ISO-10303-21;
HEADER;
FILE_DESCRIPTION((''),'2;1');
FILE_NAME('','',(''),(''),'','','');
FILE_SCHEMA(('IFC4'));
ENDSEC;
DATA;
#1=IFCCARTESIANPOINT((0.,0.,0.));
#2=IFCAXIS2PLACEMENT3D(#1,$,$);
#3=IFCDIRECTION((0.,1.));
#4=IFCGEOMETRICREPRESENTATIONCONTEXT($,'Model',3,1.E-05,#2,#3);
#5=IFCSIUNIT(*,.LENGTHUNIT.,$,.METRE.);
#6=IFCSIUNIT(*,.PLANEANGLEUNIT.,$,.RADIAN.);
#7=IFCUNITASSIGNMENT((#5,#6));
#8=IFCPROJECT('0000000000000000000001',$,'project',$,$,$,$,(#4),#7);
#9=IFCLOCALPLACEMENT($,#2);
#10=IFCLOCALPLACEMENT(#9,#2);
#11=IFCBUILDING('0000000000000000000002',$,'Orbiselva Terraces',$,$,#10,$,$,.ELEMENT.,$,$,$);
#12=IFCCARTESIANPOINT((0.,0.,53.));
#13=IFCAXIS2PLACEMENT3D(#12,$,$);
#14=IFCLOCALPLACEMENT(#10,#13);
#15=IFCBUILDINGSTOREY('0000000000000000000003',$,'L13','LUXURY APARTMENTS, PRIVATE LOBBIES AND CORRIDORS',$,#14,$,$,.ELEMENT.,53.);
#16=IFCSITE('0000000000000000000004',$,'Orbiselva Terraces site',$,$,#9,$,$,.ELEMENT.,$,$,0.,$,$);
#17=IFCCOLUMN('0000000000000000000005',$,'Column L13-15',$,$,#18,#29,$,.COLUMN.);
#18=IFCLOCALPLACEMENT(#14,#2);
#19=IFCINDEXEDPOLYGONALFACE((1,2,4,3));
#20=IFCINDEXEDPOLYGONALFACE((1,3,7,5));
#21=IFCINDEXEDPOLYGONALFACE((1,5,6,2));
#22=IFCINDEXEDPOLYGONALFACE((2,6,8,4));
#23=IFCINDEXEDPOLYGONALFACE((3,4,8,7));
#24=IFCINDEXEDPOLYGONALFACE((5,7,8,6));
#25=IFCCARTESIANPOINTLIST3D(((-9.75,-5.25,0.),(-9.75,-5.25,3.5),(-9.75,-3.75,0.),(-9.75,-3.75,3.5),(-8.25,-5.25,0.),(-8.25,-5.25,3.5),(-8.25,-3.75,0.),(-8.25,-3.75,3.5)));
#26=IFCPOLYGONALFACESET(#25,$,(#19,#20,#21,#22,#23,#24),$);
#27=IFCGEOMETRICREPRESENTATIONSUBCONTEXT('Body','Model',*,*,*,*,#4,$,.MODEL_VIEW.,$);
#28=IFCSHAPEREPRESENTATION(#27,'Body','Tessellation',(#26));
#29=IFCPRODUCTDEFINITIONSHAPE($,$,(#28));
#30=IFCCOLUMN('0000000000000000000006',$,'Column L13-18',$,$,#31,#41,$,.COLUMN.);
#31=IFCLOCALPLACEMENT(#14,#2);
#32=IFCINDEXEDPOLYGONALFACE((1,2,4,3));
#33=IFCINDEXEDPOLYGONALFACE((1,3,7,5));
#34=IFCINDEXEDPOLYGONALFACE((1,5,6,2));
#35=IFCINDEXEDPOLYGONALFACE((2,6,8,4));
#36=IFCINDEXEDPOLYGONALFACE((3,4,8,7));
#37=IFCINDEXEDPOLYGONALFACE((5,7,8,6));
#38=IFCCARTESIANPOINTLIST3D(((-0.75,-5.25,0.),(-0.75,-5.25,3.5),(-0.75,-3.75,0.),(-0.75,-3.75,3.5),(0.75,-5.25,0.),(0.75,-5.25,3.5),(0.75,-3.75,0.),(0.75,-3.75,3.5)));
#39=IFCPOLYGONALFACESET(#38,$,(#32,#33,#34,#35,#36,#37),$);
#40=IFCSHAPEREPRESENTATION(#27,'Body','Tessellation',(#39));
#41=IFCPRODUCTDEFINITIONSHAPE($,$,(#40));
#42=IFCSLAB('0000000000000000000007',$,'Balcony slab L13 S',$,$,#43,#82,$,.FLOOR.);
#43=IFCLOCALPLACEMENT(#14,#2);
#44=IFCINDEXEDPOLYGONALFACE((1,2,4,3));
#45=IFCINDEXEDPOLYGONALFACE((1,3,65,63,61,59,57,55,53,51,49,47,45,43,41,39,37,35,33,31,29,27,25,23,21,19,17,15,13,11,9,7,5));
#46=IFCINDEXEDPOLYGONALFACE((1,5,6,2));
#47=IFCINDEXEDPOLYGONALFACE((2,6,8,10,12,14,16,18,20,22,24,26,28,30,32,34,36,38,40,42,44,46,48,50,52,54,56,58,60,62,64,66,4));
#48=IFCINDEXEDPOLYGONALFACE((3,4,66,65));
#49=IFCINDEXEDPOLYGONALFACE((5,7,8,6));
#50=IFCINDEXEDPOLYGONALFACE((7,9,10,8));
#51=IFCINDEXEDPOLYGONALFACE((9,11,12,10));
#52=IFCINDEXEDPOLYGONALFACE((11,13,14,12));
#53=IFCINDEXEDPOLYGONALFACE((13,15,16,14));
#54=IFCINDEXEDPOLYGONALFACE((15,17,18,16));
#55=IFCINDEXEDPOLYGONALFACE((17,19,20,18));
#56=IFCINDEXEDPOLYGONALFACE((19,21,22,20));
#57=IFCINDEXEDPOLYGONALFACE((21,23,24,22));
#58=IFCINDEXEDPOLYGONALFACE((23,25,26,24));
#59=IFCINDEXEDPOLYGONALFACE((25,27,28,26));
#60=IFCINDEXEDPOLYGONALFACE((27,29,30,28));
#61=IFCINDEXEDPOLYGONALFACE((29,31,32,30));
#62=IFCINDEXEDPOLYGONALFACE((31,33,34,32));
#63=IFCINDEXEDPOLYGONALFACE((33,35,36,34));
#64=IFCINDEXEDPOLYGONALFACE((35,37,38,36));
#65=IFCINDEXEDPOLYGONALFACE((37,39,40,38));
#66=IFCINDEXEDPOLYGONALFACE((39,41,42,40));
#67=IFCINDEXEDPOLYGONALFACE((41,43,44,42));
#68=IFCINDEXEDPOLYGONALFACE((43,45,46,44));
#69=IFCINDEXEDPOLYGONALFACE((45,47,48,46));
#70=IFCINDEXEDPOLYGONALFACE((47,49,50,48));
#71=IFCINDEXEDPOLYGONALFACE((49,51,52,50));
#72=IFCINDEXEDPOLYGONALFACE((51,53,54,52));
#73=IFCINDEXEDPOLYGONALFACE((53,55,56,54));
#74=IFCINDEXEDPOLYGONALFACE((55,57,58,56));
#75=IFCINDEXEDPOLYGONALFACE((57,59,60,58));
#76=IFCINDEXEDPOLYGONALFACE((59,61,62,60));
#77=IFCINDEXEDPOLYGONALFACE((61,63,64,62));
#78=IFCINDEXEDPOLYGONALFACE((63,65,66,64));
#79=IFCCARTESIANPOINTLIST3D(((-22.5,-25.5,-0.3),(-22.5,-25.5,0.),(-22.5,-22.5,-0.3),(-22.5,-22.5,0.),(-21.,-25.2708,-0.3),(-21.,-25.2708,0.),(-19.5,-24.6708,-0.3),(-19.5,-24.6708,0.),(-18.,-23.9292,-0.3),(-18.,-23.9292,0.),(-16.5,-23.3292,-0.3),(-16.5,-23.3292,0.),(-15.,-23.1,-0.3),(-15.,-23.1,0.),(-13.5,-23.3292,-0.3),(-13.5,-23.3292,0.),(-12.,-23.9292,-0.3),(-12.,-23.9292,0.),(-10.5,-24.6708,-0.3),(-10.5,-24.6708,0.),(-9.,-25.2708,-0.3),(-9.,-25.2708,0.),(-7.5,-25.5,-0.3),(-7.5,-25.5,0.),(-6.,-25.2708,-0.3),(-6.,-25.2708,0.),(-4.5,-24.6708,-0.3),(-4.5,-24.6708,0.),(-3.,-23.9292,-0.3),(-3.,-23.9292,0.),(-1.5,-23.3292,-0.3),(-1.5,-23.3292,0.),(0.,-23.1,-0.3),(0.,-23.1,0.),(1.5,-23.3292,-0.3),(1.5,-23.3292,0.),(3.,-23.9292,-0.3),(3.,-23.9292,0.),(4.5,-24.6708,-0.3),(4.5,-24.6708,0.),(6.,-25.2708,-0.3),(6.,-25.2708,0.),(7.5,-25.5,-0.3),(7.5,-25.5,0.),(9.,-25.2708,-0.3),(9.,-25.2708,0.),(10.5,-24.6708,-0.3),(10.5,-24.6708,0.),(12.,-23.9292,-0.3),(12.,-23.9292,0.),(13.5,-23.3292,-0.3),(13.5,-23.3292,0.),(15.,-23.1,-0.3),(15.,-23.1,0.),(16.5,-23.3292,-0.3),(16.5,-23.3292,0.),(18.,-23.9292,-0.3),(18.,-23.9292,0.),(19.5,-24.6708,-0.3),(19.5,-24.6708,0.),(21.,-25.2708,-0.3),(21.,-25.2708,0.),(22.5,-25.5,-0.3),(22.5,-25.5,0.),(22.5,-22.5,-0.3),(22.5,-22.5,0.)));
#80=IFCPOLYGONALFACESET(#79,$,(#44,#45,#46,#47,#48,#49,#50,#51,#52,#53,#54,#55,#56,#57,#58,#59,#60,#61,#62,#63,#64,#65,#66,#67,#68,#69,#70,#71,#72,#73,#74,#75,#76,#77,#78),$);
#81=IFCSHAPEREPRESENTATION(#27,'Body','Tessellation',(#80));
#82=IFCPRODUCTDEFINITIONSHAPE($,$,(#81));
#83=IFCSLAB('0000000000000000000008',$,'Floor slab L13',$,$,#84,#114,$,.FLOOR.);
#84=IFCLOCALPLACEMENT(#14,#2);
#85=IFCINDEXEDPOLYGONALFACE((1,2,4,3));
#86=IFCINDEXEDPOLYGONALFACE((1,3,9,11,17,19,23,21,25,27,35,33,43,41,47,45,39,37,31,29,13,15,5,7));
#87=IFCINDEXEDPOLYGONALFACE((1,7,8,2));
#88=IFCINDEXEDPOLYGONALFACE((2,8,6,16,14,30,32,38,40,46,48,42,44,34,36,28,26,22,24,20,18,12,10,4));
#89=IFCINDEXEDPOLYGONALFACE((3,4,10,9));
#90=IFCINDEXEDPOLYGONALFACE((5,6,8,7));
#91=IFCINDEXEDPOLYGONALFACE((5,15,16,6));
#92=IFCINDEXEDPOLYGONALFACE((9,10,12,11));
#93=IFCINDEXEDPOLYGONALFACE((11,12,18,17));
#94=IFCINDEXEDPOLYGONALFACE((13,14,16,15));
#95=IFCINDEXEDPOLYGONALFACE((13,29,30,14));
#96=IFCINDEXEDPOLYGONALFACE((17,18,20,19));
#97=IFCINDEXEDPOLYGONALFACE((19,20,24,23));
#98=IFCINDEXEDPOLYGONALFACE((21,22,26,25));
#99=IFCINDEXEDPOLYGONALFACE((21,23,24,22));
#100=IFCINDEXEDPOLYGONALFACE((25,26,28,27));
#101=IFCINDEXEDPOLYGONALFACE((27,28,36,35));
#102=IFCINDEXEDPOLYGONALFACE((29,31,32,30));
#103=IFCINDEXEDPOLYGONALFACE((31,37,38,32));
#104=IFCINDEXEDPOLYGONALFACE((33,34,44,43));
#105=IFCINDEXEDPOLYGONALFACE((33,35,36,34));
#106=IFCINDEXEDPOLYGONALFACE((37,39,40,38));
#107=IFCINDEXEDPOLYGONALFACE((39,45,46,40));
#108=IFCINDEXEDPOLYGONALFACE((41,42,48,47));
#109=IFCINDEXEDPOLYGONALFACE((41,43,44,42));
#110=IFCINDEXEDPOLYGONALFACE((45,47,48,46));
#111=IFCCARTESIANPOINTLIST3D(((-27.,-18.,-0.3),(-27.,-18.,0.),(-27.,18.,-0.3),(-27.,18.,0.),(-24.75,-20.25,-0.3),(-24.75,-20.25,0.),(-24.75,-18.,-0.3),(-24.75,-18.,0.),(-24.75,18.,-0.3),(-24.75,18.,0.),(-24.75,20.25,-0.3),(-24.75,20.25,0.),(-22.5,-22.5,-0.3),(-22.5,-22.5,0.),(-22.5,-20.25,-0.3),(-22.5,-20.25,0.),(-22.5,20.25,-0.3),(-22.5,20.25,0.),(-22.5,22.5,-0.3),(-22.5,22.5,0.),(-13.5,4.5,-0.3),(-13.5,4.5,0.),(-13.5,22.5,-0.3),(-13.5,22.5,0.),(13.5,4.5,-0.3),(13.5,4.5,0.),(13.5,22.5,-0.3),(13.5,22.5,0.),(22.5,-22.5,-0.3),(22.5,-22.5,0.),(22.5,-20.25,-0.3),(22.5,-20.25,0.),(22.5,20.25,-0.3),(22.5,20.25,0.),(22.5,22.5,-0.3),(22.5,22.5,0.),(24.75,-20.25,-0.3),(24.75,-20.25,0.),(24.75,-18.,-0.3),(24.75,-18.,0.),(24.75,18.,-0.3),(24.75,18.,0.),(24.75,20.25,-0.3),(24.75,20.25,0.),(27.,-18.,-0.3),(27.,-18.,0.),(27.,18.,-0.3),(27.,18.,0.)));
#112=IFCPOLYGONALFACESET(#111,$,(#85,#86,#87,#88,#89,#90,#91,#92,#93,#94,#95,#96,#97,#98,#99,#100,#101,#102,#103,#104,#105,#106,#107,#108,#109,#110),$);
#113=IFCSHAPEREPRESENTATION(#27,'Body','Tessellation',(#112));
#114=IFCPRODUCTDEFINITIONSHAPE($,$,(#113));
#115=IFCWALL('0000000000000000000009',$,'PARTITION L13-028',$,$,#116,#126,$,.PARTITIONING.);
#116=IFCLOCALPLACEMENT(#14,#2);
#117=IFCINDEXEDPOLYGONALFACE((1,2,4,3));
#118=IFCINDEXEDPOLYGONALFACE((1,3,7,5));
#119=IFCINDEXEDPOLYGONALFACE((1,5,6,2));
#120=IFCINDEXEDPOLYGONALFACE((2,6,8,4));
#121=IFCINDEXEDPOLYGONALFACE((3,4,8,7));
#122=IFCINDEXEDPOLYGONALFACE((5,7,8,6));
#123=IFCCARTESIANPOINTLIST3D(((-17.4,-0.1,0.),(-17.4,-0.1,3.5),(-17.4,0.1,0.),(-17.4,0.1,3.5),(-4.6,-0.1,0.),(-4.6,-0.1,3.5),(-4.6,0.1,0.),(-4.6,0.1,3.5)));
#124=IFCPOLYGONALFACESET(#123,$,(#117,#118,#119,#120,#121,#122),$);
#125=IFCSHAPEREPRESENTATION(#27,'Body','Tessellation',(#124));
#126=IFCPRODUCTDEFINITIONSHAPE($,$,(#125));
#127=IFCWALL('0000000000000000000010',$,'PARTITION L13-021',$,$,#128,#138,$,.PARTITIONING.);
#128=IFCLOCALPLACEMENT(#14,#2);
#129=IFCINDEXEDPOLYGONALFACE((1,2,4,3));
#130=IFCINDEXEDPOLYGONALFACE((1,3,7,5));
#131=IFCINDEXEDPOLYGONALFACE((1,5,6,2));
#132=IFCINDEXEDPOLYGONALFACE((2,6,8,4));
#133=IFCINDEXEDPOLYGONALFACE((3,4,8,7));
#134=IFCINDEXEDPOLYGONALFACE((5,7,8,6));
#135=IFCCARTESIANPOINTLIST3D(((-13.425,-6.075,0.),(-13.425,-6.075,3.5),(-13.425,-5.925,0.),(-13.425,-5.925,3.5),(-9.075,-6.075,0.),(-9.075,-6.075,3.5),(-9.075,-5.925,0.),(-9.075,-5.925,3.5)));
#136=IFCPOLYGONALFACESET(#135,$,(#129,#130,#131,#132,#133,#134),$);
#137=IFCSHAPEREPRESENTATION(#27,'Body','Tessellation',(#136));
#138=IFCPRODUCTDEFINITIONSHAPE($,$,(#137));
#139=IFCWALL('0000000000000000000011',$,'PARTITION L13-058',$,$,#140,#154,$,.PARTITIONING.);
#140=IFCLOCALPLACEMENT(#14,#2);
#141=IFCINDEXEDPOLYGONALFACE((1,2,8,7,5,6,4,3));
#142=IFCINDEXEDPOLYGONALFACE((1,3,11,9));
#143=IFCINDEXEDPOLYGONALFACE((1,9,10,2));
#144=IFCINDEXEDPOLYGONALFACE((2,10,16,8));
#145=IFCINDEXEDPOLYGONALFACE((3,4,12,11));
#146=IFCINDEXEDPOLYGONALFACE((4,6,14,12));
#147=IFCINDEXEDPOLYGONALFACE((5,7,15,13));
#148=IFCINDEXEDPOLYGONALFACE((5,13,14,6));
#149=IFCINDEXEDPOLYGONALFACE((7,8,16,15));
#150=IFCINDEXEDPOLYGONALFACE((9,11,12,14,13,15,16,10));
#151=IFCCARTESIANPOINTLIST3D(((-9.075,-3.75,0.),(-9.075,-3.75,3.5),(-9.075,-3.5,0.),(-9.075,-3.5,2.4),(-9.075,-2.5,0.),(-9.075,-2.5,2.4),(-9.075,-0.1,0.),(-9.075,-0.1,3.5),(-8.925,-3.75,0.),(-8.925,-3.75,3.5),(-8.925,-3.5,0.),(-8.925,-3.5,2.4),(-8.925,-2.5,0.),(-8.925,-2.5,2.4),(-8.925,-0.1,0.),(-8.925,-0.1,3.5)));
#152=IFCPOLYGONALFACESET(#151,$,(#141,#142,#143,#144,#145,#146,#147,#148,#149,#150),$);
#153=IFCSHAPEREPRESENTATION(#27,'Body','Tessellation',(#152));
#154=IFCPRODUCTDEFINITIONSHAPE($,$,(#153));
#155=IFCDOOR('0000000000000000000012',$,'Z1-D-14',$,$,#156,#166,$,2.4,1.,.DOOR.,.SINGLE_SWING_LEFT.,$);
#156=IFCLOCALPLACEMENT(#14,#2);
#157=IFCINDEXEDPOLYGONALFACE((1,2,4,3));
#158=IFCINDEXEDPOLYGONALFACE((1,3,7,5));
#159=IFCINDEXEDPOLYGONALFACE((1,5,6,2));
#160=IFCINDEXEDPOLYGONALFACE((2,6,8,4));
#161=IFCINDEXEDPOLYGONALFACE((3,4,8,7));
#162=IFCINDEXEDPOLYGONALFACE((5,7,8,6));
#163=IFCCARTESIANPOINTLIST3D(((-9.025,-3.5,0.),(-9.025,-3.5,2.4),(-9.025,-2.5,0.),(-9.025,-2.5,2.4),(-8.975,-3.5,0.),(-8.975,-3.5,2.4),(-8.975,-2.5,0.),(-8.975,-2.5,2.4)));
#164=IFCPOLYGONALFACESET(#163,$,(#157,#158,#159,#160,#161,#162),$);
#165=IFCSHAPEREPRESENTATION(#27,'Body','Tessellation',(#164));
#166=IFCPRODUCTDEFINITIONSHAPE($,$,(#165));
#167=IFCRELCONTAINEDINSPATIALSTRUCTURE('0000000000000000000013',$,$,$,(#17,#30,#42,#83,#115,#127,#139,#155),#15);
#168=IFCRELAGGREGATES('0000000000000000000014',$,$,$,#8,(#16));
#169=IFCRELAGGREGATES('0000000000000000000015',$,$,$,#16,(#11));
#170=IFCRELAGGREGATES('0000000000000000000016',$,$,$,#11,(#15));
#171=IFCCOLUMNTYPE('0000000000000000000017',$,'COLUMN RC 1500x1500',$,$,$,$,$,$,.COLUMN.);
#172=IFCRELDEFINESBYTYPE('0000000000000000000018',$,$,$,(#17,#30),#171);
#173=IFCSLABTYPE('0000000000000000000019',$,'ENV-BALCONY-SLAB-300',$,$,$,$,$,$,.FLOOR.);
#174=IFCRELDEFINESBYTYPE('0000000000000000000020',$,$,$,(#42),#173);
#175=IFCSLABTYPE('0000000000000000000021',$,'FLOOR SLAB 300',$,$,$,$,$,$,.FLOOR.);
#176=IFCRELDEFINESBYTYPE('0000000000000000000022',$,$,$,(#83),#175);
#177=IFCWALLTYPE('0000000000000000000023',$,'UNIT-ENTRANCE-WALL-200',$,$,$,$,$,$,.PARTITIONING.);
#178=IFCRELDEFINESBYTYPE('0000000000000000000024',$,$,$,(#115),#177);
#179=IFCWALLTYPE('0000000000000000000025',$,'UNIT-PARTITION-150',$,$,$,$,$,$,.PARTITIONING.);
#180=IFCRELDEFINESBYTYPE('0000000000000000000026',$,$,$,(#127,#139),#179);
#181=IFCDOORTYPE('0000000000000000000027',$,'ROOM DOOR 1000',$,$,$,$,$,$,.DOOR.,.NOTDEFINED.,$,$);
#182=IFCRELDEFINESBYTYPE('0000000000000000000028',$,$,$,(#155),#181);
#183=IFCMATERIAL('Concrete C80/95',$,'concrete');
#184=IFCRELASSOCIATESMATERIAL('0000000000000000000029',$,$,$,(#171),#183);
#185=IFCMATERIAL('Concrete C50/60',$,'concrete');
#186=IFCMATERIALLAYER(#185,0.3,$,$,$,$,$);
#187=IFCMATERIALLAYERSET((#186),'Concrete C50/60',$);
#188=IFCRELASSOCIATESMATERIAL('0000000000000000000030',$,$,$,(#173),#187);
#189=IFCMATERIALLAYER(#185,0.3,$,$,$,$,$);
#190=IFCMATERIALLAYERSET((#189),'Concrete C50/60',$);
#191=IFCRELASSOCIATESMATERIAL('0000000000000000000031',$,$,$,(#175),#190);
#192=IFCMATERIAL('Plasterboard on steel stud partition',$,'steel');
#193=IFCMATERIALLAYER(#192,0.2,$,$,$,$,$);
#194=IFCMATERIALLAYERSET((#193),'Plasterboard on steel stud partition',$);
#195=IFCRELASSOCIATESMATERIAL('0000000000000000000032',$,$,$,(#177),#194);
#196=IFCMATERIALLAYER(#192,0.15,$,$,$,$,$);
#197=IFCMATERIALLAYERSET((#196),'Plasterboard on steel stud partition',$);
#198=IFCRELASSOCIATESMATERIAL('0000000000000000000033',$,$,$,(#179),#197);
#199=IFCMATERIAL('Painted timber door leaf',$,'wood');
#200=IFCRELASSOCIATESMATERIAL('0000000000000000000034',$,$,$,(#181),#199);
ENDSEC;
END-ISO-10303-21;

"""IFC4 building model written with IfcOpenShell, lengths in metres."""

from ifc_helpers import new_model, si_unit, direction, frame, frame_2d, origin, origin_2d, place, context, subcontext, project, spatial, polyline, rectangle, outline, extrude, material, layer, layer_set, material_profile, profile_set, type_object, element, fill, save


model = new_model("IFC4")

# Units and contexts
model_context = context("Model", 3, precision=1e-05, world=origin(), true_north=direction((0.0, 1.0)))
body_context = subcontext(model_context, "Body", "Model", "MODEL_VIEW")
ifc_project = project(units=[si_unit("LENGTHUNIT", "METRE"), si_unit("PLANEANGLEUNIT", "RADIAN")], contexts=[model_context])

# Site, building, storey
site_placement = place(None, origin())
site = spatial("IfcSite", under=ifc_project, at=site_placement, Name="Orbiselva Terraces site", CompositionType="ELEMENT", RefElevation=0.0)
building_placement = place(site_placement, origin())
building = spatial("IfcBuilding", under=site, at=building_placement, Name="Orbiselva Terraces", CompositionType="ELEMENT")
storey_placement = place(building_placement, frame((0.0, 0.0, 53.0)))
storey = spatial("IfcBuildingStorey", under=building, at=storey_placement, Name="L13", Description="LUXURY APARTMENTS, PRIVATE LOBBIES AND CORRIDORS", CompositionType="ELEMENT", Elevation=53.0)

# Columns
ifc_material_1 = material(Name="Concrete C80/95", Category="concrete")
ifc_material_profile = material_profile(ifc_material_1, rectangle(XDim=1.5, YDim=1.5, at=origin_2d()), Name="RC 1500x1500")
ifc_profile_set = profile_set([ifc_material_profile], Name="Concrete C80/95")
column_type = type_object("IfcColumnType", Name="COLUMN RC 1500x1500", PredefinedType="COLUMN", material=ifc_profile_set)
for number, where, z_axis, x_axis, name in (
    (1, (-9.0, -4.5, 0.0), (0.0, 0.0, 1.0), (1.0, 0.0, 0.0), "Column L13-15"),
    (2, (0.0, -4.5, 0.0), (0.0, 0.0, 1.0), (1.0, 0.0, 0.0), "Column L13-18"),
):
    element("IfcColumn", number, at=place(storey_placement, frame(where, z_axis=z_axis, x_axis=x_axis)), inside=storey, type_object=column_type, Name=name, PredefinedType="COLUMN", context=body_context, shape_type="SweptSolid", body=[
        extrude(rectangle(XDim=1.5, YDim=1.5, at=origin_2d()), origin(), (0.0, 0.0, 1.0), 3.5),
    ])

# Slabs
ifc_material_2 = material(Name="Concrete C50/60", Category="concrete")
ifc_layer_1 = layer(ifc_material_2, 0.3)
ifc_layer_set_1 = layer_set([ifc_layer_1], Name="Concrete C50/60")
slab_type_1 = type_object("IfcSlabType", Name="ENV-BALCONY-SLAB-300", PredefinedType="FLOOR", material=ifc_layer_set_1)
slab_1_placement = place(storey_placement, frame((0.0, 0.0, -0.3)))
element("IfcSlab", 3, at=slab_1_placement, inside=storey, type_object=slab_type_1, Name="Balcony slab L13 S", PredefinedType="FLOOR", context=body_context, shape_type="SweptSolid", body=[
    extrude(outline(polyline([(-22.5, -25.5), (-21.0, -25.2708), (-19.5, -24.6708), (-18.0, -23.9292), (-16.5, -23.3292), (-15.0, -23.1), (-13.5, -23.3292), (-12.0, -23.9292), (-10.5, -24.6708), (-9.0, -25.2708), (-7.5, -25.5), (-6.0, -25.2708), (-4.5, -24.6708), (-3.0, -23.9292), (-1.5, -23.3292), (0.0, -23.1), (1.5, -23.3292), (3.0, -23.9292), (4.5, -24.6708), (6.0, -25.2708), (7.5, -25.5), (9.0, -25.2708), (10.5, -24.6708), (12.0, -23.9292), (13.5, -23.3292), (15.0, -23.1), (16.5, -23.3292), (18.0, -23.9292), (19.5, -24.6708), (21.0, -25.2708), (22.5, -25.5), (22.5, -22.5), (-22.5, -22.5), (-22.5, -25.5)])), origin(), (0.0, 0.0, 1.0), 0.3),
])
ifc_layer_2 = layer(ifc_material_2, 0.3)
ifc_layer_set_2 = layer_set([ifc_layer_2], Name="Concrete C50/60")
slab_type_2 = type_object("IfcSlabType", Name="FLOOR SLAB 300", PredefinedType="FLOOR", material=ifc_layer_set_2)
slab_2_placement = place(storey_placement, frame((0.0, 0.0, -0.3)))
element("IfcSlab", 4, at=slab_2_placement, inside=storey, type_object=slab_type_2, Name="Floor slab L13", PredefinedType="FLOOR", context=body_context, shape_type="SweptSolid", body=[
    extrude(outline(polyline([(22.5, 22.5), (22.5, 20.25), (24.75, 20.25), (24.75, 18.0), (27.0, 18.0), (27.0, -18.0), (24.75, -18.0), (24.75, -20.25), (22.5, -20.25), (22.5, -22.5), (-22.5, -22.5), (-22.5, -20.25), (-24.75, -20.25), (-24.75, -18.0), (-27.0, -18.0), (-27.0, 18.0), (-24.75, 18.0), (-24.75, 20.25), (-22.5, 20.25), (-22.5, 22.5), (-13.5, 22.5), (-13.5, 4.5), (13.5, 4.5), (13.5, 22.5), (22.5, 22.5)])), origin(), (0.0, 0.0, 1.0), 0.3),
])

# Walls
ifc_material_3 = material(Name="Plasterboard on steel stud partition", Category="steel")
ifc_layer_3 = layer(ifc_material_3, 0.2)
ifc_layer_set_3 = layer_set([ifc_layer_3], Name="Plasterboard on steel stud partition")
wall_type_1 = type_object("IfcWallType", Name="UNIT-ENTRANCE-WALL-200", PredefinedType="PARTITIONING", material=ifc_layer_set_3)
wall_1_placement = place(storey_placement, frame((-17.4, 0.0, 0.0), z_axis=(0.0, 0.0, 1.0), x_axis=(1.0, 0.0, 0.0)))
element("IfcWall", 5, at=wall_1_placement, inside=storey, type_object=wall_type_1, Name="PARTITION L13-028", PredefinedType="PARTITIONING", context=body_context, shape_type="SweptSolid", body=[
    extrude(rectangle(XDim=12.8, YDim=0.2, at=frame_2d((6.4, 0.0))), origin(), (0.0, 0.0, 1.0), 3.5),
])
ifc_layer_4 = layer(ifc_material_3, 0.15)
ifc_layer_set_4 = layer_set([ifc_layer_4], Name="Plasterboard on steel stud partition")
wall_type_2 = type_object("IfcWallType", Name="UNIT-PARTITION-150", PredefinedType="PARTITIONING", material=ifc_layer_set_4)
wall_2_placement = place(storey_placement, frame((-13.425, -6.0, 0.0), z_axis=(0.0, 0.0, 1.0), x_axis=(1.0, 0.0, 0.0)))
element("IfcWall", 6, at=wall_2_placement, inside=storey, type_object=wall_type_2, Name="PARTITION L13-021", PredefinedType="PARTITIONING", context=body_context, shape_type="SweptSolid", body=[
    extrude(rectangle(XDim=4.35, YDim=0.15, at=frame_2d((2.175, 0.0))), origin(), (0.0, 0.0, 1.0), 3.5),
])

# Wall, opening, door
wall_3_placement = place(storey_placement, frame((-9.0, -3.75, 0.0), z_axis=(0.0, 0.0, 1.0), x_axis=(0.0, 1.0, 0.0)))
wall_3 = element("IfcWall", 7, at=wall_3_placement, inside=storey, type_object=wall_type_2, Name="PARTITION L13-058", PredefinedType="PARTITIONING", context=body_context, shape_type="SweptSolid", body=[
    extrude(rectangle(XDim=3.65, YDim=0.15, at=frame_2d((1.825, 0.0))), origin(), (0.0, 0.0, 1.0), 3.5),
])
opening_placement = place(wall_3_placement, frame((0.25, 0.0, 0.0)))
opening = element("IfcOpeningElement", 8, at=opening_placement, cuts=wall_3, PredefinedType="OPENING", context=body_context, shape_type="SweptSolid", body=[
    extrude(rectangle(XDim=1.0, YDim=2.4, at=frame_2d((0.5, 1.2))), frame((0.0, 0.085, 0.0), z_axis=(0.0, -1.0, 0.0), x_axis=(1.0, 0.0, 0.0)), (0.0, 0.0, 1.0), 0.17),
])
ifc_material_4 = material(Name="Painted timber door leaf", Category="wood")
door_type = type_object("IfcDoorType", Name="ROOM DOOR 1000", OperationType="NOTDEFINED", PredefinedType="DOOR", material=ifc_material_4)
door_placement = place(opening_placement, origin())
door = element("IfcDoor", 9, at=door_placement, inside=storey, type_object=door_type, Name="Z1-D-14", OperationType="SINGLE_SWING_LEFT", OverallHeight=2.4, OverallWidth=1.0, PredefinedType="DOOR", context=body_context, shape_type="SweptSolid", body=[
    extrude(rectangle(XDim=1.0, YDim=2.4, at=frame_2d((0.5, 1.2))), frame((0.0, 0.025, 0.0), z_axis=(0.0, -1.0, 0.0), x_axis=(1.0, 0.0, 0.0)), (0.0, 0.0, 1.0), 0.05),
])
fill(opening, door)

save(model, "model.ifc")
